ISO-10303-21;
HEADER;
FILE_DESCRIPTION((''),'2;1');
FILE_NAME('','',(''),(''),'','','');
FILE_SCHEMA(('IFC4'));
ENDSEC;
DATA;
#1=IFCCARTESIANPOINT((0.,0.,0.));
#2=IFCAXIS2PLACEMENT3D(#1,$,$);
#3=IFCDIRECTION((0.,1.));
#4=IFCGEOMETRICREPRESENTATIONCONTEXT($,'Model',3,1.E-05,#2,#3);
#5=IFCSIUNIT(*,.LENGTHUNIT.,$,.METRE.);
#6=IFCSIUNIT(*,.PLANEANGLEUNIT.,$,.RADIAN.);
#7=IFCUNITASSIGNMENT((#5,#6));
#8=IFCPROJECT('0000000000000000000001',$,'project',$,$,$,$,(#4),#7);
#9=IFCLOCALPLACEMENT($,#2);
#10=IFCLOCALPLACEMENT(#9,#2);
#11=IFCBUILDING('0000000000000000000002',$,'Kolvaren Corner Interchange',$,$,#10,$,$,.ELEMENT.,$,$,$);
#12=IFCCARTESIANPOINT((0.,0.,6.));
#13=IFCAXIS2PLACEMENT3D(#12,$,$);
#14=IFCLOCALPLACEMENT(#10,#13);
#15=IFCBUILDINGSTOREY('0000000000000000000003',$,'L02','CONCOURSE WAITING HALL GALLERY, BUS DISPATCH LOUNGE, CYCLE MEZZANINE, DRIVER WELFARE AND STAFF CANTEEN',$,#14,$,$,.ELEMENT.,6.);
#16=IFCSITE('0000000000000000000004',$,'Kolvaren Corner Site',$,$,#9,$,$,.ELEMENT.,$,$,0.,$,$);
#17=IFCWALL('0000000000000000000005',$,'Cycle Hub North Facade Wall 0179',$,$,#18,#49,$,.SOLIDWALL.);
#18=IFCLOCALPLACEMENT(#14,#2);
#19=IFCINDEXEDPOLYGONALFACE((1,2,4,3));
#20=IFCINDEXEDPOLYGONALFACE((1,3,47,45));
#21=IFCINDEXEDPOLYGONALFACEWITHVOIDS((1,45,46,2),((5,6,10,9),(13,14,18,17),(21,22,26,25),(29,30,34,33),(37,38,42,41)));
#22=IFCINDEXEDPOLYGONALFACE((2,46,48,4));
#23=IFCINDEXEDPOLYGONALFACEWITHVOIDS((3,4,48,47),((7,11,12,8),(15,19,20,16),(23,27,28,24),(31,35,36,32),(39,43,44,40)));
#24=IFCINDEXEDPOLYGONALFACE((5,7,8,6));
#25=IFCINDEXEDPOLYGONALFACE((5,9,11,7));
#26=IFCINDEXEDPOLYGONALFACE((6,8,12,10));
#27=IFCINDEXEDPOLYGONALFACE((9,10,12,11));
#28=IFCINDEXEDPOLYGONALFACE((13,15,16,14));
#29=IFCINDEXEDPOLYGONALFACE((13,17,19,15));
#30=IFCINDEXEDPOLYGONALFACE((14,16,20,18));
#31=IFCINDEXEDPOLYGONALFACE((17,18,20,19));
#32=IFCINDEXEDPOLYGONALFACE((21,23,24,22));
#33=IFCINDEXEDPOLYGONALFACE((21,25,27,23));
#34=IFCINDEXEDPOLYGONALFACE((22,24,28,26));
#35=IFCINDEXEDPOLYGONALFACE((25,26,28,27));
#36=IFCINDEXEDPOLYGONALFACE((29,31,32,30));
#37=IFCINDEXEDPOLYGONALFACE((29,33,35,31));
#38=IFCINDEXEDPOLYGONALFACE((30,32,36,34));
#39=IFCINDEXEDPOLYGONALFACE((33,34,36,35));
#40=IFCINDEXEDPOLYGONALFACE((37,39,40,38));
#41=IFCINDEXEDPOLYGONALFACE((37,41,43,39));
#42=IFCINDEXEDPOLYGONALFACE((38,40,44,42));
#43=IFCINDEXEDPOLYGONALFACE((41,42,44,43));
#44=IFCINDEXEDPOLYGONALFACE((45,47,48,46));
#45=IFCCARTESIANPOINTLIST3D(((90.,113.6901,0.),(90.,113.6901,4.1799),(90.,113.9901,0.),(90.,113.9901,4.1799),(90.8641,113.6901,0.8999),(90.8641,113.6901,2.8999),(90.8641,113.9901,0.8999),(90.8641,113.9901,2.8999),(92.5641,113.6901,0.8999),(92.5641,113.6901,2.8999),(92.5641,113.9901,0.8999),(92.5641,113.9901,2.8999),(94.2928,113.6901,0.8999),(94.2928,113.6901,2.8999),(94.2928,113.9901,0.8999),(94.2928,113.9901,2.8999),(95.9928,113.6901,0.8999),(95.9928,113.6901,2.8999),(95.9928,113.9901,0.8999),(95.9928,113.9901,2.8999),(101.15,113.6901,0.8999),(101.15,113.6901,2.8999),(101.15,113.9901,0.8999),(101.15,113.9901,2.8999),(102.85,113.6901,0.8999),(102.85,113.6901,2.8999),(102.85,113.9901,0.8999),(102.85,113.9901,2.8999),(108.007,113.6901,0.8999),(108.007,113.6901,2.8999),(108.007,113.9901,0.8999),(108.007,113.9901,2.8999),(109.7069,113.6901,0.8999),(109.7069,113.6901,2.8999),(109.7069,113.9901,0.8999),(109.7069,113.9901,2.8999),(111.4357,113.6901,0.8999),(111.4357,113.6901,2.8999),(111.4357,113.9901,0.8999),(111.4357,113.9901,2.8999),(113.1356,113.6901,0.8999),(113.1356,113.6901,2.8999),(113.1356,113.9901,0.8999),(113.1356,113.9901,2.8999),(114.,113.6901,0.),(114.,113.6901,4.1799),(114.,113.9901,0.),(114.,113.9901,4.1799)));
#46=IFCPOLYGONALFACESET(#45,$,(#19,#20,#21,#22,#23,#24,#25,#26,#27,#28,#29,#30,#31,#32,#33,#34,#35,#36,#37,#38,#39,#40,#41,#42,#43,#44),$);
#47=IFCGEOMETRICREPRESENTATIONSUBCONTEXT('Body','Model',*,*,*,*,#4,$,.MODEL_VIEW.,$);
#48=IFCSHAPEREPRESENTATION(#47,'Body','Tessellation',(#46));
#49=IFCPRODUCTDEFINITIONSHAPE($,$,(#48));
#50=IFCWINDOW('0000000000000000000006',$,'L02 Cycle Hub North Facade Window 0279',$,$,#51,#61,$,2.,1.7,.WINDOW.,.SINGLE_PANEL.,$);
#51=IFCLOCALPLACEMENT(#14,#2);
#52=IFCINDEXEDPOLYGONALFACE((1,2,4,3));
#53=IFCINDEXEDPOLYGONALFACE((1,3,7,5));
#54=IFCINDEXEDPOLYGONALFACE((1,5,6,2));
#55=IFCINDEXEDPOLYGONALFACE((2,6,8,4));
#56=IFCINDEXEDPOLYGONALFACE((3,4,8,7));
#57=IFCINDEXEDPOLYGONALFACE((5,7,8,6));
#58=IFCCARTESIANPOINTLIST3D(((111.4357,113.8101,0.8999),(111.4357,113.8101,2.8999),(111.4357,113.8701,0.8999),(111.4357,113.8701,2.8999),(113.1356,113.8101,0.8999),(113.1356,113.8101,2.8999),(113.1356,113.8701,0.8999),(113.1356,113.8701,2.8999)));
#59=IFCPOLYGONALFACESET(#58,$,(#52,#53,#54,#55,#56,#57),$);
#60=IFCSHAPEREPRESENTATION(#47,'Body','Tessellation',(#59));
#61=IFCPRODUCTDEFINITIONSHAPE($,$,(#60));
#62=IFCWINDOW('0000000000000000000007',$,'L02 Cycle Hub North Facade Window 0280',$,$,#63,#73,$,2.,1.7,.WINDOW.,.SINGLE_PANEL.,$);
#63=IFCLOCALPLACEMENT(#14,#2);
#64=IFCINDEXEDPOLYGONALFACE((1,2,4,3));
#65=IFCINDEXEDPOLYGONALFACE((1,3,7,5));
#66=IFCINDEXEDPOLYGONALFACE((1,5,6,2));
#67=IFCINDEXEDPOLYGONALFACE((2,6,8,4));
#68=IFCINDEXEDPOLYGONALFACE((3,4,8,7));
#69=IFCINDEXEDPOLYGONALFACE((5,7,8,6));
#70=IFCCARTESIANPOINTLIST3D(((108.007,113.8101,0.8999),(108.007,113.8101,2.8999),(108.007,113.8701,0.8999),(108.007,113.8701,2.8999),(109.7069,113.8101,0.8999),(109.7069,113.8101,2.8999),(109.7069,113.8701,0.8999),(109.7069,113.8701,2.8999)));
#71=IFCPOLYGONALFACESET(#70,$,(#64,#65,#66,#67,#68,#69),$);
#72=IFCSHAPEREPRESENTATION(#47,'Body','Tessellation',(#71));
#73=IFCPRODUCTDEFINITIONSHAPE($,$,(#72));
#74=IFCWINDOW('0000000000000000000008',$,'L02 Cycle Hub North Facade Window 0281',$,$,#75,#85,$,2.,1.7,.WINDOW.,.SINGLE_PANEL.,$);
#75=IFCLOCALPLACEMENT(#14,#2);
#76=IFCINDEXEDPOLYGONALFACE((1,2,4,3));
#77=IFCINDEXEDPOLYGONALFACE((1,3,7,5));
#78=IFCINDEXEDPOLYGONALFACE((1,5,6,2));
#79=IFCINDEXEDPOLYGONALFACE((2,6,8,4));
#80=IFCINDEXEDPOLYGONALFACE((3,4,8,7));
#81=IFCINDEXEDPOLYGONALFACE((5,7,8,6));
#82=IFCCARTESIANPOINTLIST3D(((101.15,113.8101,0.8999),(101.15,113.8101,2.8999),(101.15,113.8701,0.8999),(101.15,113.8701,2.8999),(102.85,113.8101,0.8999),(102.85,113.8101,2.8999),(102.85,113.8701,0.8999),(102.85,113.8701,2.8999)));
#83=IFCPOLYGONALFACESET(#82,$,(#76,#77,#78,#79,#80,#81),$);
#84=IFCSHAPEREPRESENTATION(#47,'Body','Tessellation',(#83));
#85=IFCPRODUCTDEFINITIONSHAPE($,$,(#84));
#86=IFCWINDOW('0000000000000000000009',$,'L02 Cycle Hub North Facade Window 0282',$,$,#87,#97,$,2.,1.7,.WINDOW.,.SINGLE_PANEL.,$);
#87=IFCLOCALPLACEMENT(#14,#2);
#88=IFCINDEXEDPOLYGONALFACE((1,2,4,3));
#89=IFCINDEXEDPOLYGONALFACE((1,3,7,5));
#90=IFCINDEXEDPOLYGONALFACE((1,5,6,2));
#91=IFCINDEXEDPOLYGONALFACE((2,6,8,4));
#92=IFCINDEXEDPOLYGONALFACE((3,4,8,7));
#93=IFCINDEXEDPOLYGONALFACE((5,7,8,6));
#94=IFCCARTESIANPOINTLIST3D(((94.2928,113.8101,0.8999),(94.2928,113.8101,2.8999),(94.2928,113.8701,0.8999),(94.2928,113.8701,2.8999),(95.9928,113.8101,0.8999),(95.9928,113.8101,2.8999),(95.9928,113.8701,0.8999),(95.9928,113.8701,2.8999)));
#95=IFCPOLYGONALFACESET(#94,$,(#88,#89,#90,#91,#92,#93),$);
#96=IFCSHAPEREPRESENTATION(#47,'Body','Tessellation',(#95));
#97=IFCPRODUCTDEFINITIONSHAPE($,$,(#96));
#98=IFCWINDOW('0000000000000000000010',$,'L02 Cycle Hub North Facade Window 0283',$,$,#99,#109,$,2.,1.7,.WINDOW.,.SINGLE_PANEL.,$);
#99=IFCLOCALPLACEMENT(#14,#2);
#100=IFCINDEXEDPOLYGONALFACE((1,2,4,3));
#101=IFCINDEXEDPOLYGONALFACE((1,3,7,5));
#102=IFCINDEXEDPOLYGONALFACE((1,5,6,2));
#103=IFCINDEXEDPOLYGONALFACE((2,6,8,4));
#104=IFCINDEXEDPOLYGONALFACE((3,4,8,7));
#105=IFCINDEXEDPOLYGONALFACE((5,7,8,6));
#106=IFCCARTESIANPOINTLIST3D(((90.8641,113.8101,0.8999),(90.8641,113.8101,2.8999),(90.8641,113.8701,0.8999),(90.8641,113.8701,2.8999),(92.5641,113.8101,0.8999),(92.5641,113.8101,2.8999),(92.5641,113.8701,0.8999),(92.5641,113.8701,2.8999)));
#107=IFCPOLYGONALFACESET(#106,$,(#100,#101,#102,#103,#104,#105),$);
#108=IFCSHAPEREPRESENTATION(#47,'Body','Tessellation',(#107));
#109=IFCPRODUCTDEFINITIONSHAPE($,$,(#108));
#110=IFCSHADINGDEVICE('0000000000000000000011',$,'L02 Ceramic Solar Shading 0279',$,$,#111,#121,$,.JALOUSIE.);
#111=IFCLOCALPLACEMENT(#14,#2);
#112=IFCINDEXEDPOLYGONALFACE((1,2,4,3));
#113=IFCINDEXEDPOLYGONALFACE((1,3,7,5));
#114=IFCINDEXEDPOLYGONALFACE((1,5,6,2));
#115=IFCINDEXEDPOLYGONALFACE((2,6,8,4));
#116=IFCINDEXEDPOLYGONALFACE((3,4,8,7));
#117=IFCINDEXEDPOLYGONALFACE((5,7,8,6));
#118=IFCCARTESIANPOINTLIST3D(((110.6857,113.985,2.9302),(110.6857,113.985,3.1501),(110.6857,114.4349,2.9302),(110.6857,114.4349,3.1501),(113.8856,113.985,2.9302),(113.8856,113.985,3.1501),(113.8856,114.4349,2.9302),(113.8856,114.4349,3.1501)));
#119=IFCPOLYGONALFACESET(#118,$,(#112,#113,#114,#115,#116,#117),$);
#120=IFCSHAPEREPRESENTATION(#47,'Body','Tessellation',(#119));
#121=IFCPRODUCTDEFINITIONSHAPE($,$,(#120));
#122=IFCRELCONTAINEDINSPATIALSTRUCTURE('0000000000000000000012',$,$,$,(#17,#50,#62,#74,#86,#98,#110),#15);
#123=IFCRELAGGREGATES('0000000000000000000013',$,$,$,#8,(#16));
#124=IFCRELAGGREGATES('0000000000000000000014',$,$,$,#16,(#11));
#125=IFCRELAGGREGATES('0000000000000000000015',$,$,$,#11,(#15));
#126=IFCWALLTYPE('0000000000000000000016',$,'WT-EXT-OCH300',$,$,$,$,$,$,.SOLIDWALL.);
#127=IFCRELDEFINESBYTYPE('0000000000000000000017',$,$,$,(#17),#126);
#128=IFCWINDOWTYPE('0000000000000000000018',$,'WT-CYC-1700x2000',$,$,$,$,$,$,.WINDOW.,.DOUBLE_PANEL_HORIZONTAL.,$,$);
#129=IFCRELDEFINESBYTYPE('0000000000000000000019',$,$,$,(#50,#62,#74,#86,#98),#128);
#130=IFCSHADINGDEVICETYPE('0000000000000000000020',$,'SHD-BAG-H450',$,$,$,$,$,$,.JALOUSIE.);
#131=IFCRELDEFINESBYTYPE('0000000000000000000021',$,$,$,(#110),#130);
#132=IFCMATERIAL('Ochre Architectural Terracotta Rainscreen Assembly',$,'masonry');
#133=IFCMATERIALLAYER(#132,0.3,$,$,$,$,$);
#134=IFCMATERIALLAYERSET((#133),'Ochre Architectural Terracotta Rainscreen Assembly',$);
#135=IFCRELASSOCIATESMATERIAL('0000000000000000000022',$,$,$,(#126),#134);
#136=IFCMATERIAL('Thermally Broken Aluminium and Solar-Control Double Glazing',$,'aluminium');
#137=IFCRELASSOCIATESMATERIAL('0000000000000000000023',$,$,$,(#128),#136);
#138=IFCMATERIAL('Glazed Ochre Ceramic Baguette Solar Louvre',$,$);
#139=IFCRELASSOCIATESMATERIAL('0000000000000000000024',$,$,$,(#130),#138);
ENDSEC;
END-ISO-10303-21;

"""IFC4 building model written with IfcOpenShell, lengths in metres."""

from ifc_helpers import new_model, si_unit, direction, frame, frame_2d, origin, origin_2d, place, context, subcontext, project, spatial, rectangle, extrude, material, layer, layer_set, type_object, element, fill, save


model = new_model("IFC4")

# Units and contexts
model_context = context("Model", 3, precision=1e-05, world=origin(), true_north=direction((0.0, 1.0)))
body_context = subcontext(model_context, "Body", "Model", "MODEL_VIEW")
ifc_project = project(units=[si_unit("LENGTHUNIT", "METRE"), si_unit("PLANEANGLEUNIT", "RADIAN")], contexts=[model_context])

# Site, building, storey
site_placement = place(None, origin())
site = spatial("IfcSite", under=ifc_project, at=site_placement, Name="Kolvaren Corner Site", CompositionType="ELEMENT", RefElevation=0.0)
building_placement = place(site_placement, origin())
building = spatial("IfcBuilding", under=site, at=building_placement, Name="Kolvaren Corner Interchange", CompositionType="ELEMENT")
storey_placement = place(building_placement, frame((0.0, 0.0, 6.0)))
storey = spatial("IfcBuildingStorey", under=building, at=storey_placement, Name="L02", Description="CONCOURSE WAITING HALL GALLERY, BUS DISPATCH LOUNGE, CYCLE MEZZANINE, DRIVER WELFARE AND STAFF CANTEEN", CompositionType="ELEMENT", Elevation=6.0)

# Wall, openings, windows
ifc_material_1 = material(Name="Ochre Architectural Terracotta Rainscreen Assembly", Category="masonry")
ifc_layer_1 = layer(ifc_material_1, 0.3)
ifc_layer_set_1 = layer_set([ifc_layer_1], Name="Ochre Architectural Terracotta Rainscreen Assembly")
wall_type = type_object("IfcWallType", Name="WT-EXT-OCH300", PredefinedType="SOLIDWALL", material=ifc_layer_set_1)
wall_placement = place(storey_placement, frame((114.0, 113.8401, 0.0), z_axis=(0.0, 0.0, 1.0), x_axis=(-1.0, 0.0, 0.0)))
wall = element("IfcWall", 1, at=wall_placement, inside=storey, type_object=wall_type, Name="Cycle Hub North Facade Wall 0179", PredefinedType="SOLIDWALL", context=body_context, shape_type="SweptSolid", body=[
    extrude(rectangle(XDim=24.0, YDim=0.3, at=frame_2d((12.0, 0.0))), origin(), (0.0, 0.0, 1.0), 4.1799),
])
opening_1_placement = place(wall_placement, frame((0.8643, 0.0, 0.8999)))
opening_1 = element("IfcOpeningElement", 2, at=opening_1_placement, cuts=wall, PredefinedType="OPENING", context=body_context, shape_type="SweptSolid", body=[
    extrude(rectangle(XDim=1.7, YDim=2.0, at=frame_2d((0.8501, 1.0))), frame((0.0, 0.1599, 0.0), z_axis=(0.0, -1.0, 0.0), x_axis=(1.0, 0.0, 0.0)), (0.0, 0.0, 1.0), 0.3201),
])
opening_2_placement = place(wall_placement, frame((4.293, 0.0, 0.8999)))
opening_2 = element("IfcOpeningElement", 3, at=opening_2_placement, cuts=wall, PredefinedType="OPENING", context=body_context, shape_type="SweptSolid", body=[
    extrude(rectangle(XDim=1.7, YDim=2.0, at=frame_2d((0.8501, 1.0))), frame((0.0, 0.1599, 0.0), z_axis=(0.0, -1.0, 0.0), x_axis=(1.0, 0.0, 0.0)), (0.0, 0.0, 1.0), 0.3201),
])
opening_3_placement = place(wall_placement, frame((11.1499, 0.0, 0.8999)))
opening_3 = element("IfcOpeningElement", 4, at=opening_3_placement, cuts=wall, PredefinedType="OPENING", context=body_context, shape_type="SweptSolid", body=[
    extrude(rectangle(XDim=1.7, YDim=2.0, at=frame_2d((0.8501, 1.0))), frame((0.0, 0.1599, 0.0), z_axis=(0.0, -1.0, 0.0), x_axis=(1.0, 0.0, 0.0)), (0.0, 0.0, 1.0), 0.3201),
])
opening_4_placement = place(wall_placement, frame((18.0071, 0.0, 0.8999)))
opening_4 = element("IfcOpeningElement", 5, at=opening_4_placement, cuts=wall, PredefinedType="OPENING", context=body_context, shape_type="SweptSolid", body=[
    extrude(rectangle(XDim=1.7, YDim=2.0, at=frame_2d((0.8501, 1.0))), frame((0.0, 0.1599, 0.0), z_axis=(0.0, -1.0, 0.0), x_axis=(1.0, 0.0, 0.0)), (0.0, 0.0, 1.0), 0.3201),
])
opening_5_placement = place(wall_placement, frame((21.4358, 0.0, 0.8999)))
opening_5 = element("IfcOpeningElement", 6, at=opening_5_placement, cuts=wall, PredefinedType="OPENING", context=body_context, shape_type="SweptSolid", body=[
    extrude(rectangle(XDim=1.7, YDim=2.0, at=frame_2d((0.8501, 1.0))), frame((0.0, 0.1599, 0.0), z_axis=(0.0, -1.0, 0.0), x_axis=(1.0, 0.0, 0.0)), (0.0, 0.0, 1.0), 0.3201),
])
ifc_material_2 = material(Name="Thermally Broken Aluminium and Solar-Control Double Glazing", Category="aluminium")
window_type = type_object("IfcWindowType", Name="WT-CYC-1700x2000", PartitioningType="DOUBLE_PANEL_HORIZONTAL", PredefinedType="WINDOW", material=ifc_material_2)
window_1_placement = place(opening_1_placement, origin())
window_1 = element("IfcWindow", 7, at=window_1_placement, inside=storey, type_object=window_type, Name="L02 Cycle Hub North Facade Window 0279", OverallHeight=2.0, OverallWidth=1.7, PartitioningType="SINGLE_PANEL", PredefinedType="WINDOW", context=body_context, shape_type="SweptSolid", body=[
    extrude(rectangle(XDim=1.7, YDim=2.0, at=frame_2d((0.8501, 1.0))), frame((0.0, 0.03, 0.0), z_axis=(0.0, -1.0, 0.0), x_axis=(1.0, 0.0, 0.0)), (0.0, 0.0, 1.0), 0.0601),
])
fill(opening_1, window_1)
window_2_placement = place(opening_2_placement, origin())
window_2 = element("IfcWindow", 8, at=window_2_placement, inside=storey, type_object=window_type, Name="L02 Cycle Hub North Facade Window 0280", OverallHeight=2.0, OverallWidth=1.7, PartitioningType="SINGLE_PANEL", PredefinedType="WINDOW", context=body_context, shape_type="SweptSolid", body=[
    extrude(rectangle(XDim=1.7, YDim=2.0, at=frame_2d((0.8501, 1.0))), frame((0.0, 0.03, 0.0), z_axis=(0.0, -1.0, 0.0), x_axis=(1.0, 0.0, 0.0)), (0.0, 0.0, 1.0), 0.0601),
])
fill(opening_2, window_2)
window_3_placement = place(opening_3_placement, origin())
window_3 = element("IfcWindow", 9, at=window_3_placement, inside=storey, type_object=window_type, Name="L02 Cycle Hub North Facade Window 0281", OverallHeight=2.0, OverallWidth=1.7, PartitioningType="SINGLE_PANEL", PredefinedType="WINDOW", context=body_context, shape_type="SweptSolid", body=[
    extrude(rectangle(XDim=1.7, YDim=2.0, at=frame_2d((0.8501, 1.0))), frame((0.0, 0.03, 0.0), z_axis=(0.0, -1.0, 0.0), x_axis=(1.0, 0.0, 0.0)), (0.0, 0.0, 1.0), 0.0601),
])
fill(opening_3, window_3)
window_4_placement = place(opening_4_placement, origin())
window_4 = element("IfcWindow", 10, at=window_4_placement, inside=storey, type_object=window_type, Name="L02 Cycle Hub North Facade Window 0282", OverallHeight=2.0, OverallWidth=1.7, PartitioningType="SINGLE_PANEL", PredefinedType="WINDOW", context=body_context, shape_type="SweptSolid", body=[
    extrude(rectangle(XDim=1.7, YDim=2.0, at=frame_2d((0.8501, 1.0))), frame((0.0, 0.03, 0.0), z_axis=(0.0, -1.0, 0.0), x_axis=(1.0, 0.0, 0.0)), (0.0, 0.0, 1.0), 0.0601),
])
fill(opening_4, window_4)
window_5_placement = place(opening_5_placement, origin())
window_5 = element("IfcWindow", 11, at=window_5_placement, inside=storey, type_object=window_type, Name="L02 Cycle Hub North Facade Window 0283", OverallHeight=2.0, OverallWidth=1.7, PartitioningType="SINGLE_PANEL", PredefinedType="WINDOW", context=body_context, shape_type="SweptSolid", body=[
    extrude(rectangle(XDim=1.7, YDim=2.0, at=frame_2d((0.8501, 1.0))), frame((0.0, 0.03, 0.0), z_axis=(0.0, -1.0, 0.0), x_axis=(1.0, 0.0, 0.0)), (0.0, 0.0, 1.0), 0.0601),
])
fill(opening_5, window_5)

# Shading device
ifc_material_3 = material(Name="Glazed Ochre Ceramic Baguette Solar Louvre")
shading_device_type = type_object("IfcShadingDeviceType", Name="SHD-BAG-H450", PredefinedType="JALOUSIE", material=ifc_material_3)
shading_device_placement = place(storey_placement, frame((112.2856, 114.21, 2.9302), z_axis=(0.0, 0.0, 1.0), x_axis=(-1.0, 0.0, 0.0)))
element("IfcShadingDevice", 12, at=shading_device_placement, inside=storey, type_object=shading_device_type, Name="L02 Ceramic Solar Shading 0279", PredefinedType="JALOUSIE", context=body_context, shape_type="SweptSolid", body=[
    extrude(rectangle(XDim=3.2, YDim=0.45, at=origin_2d()), origin(), (0.0, 0.0, 1.0), 0.22),
])

save(model, "model.ifc")
